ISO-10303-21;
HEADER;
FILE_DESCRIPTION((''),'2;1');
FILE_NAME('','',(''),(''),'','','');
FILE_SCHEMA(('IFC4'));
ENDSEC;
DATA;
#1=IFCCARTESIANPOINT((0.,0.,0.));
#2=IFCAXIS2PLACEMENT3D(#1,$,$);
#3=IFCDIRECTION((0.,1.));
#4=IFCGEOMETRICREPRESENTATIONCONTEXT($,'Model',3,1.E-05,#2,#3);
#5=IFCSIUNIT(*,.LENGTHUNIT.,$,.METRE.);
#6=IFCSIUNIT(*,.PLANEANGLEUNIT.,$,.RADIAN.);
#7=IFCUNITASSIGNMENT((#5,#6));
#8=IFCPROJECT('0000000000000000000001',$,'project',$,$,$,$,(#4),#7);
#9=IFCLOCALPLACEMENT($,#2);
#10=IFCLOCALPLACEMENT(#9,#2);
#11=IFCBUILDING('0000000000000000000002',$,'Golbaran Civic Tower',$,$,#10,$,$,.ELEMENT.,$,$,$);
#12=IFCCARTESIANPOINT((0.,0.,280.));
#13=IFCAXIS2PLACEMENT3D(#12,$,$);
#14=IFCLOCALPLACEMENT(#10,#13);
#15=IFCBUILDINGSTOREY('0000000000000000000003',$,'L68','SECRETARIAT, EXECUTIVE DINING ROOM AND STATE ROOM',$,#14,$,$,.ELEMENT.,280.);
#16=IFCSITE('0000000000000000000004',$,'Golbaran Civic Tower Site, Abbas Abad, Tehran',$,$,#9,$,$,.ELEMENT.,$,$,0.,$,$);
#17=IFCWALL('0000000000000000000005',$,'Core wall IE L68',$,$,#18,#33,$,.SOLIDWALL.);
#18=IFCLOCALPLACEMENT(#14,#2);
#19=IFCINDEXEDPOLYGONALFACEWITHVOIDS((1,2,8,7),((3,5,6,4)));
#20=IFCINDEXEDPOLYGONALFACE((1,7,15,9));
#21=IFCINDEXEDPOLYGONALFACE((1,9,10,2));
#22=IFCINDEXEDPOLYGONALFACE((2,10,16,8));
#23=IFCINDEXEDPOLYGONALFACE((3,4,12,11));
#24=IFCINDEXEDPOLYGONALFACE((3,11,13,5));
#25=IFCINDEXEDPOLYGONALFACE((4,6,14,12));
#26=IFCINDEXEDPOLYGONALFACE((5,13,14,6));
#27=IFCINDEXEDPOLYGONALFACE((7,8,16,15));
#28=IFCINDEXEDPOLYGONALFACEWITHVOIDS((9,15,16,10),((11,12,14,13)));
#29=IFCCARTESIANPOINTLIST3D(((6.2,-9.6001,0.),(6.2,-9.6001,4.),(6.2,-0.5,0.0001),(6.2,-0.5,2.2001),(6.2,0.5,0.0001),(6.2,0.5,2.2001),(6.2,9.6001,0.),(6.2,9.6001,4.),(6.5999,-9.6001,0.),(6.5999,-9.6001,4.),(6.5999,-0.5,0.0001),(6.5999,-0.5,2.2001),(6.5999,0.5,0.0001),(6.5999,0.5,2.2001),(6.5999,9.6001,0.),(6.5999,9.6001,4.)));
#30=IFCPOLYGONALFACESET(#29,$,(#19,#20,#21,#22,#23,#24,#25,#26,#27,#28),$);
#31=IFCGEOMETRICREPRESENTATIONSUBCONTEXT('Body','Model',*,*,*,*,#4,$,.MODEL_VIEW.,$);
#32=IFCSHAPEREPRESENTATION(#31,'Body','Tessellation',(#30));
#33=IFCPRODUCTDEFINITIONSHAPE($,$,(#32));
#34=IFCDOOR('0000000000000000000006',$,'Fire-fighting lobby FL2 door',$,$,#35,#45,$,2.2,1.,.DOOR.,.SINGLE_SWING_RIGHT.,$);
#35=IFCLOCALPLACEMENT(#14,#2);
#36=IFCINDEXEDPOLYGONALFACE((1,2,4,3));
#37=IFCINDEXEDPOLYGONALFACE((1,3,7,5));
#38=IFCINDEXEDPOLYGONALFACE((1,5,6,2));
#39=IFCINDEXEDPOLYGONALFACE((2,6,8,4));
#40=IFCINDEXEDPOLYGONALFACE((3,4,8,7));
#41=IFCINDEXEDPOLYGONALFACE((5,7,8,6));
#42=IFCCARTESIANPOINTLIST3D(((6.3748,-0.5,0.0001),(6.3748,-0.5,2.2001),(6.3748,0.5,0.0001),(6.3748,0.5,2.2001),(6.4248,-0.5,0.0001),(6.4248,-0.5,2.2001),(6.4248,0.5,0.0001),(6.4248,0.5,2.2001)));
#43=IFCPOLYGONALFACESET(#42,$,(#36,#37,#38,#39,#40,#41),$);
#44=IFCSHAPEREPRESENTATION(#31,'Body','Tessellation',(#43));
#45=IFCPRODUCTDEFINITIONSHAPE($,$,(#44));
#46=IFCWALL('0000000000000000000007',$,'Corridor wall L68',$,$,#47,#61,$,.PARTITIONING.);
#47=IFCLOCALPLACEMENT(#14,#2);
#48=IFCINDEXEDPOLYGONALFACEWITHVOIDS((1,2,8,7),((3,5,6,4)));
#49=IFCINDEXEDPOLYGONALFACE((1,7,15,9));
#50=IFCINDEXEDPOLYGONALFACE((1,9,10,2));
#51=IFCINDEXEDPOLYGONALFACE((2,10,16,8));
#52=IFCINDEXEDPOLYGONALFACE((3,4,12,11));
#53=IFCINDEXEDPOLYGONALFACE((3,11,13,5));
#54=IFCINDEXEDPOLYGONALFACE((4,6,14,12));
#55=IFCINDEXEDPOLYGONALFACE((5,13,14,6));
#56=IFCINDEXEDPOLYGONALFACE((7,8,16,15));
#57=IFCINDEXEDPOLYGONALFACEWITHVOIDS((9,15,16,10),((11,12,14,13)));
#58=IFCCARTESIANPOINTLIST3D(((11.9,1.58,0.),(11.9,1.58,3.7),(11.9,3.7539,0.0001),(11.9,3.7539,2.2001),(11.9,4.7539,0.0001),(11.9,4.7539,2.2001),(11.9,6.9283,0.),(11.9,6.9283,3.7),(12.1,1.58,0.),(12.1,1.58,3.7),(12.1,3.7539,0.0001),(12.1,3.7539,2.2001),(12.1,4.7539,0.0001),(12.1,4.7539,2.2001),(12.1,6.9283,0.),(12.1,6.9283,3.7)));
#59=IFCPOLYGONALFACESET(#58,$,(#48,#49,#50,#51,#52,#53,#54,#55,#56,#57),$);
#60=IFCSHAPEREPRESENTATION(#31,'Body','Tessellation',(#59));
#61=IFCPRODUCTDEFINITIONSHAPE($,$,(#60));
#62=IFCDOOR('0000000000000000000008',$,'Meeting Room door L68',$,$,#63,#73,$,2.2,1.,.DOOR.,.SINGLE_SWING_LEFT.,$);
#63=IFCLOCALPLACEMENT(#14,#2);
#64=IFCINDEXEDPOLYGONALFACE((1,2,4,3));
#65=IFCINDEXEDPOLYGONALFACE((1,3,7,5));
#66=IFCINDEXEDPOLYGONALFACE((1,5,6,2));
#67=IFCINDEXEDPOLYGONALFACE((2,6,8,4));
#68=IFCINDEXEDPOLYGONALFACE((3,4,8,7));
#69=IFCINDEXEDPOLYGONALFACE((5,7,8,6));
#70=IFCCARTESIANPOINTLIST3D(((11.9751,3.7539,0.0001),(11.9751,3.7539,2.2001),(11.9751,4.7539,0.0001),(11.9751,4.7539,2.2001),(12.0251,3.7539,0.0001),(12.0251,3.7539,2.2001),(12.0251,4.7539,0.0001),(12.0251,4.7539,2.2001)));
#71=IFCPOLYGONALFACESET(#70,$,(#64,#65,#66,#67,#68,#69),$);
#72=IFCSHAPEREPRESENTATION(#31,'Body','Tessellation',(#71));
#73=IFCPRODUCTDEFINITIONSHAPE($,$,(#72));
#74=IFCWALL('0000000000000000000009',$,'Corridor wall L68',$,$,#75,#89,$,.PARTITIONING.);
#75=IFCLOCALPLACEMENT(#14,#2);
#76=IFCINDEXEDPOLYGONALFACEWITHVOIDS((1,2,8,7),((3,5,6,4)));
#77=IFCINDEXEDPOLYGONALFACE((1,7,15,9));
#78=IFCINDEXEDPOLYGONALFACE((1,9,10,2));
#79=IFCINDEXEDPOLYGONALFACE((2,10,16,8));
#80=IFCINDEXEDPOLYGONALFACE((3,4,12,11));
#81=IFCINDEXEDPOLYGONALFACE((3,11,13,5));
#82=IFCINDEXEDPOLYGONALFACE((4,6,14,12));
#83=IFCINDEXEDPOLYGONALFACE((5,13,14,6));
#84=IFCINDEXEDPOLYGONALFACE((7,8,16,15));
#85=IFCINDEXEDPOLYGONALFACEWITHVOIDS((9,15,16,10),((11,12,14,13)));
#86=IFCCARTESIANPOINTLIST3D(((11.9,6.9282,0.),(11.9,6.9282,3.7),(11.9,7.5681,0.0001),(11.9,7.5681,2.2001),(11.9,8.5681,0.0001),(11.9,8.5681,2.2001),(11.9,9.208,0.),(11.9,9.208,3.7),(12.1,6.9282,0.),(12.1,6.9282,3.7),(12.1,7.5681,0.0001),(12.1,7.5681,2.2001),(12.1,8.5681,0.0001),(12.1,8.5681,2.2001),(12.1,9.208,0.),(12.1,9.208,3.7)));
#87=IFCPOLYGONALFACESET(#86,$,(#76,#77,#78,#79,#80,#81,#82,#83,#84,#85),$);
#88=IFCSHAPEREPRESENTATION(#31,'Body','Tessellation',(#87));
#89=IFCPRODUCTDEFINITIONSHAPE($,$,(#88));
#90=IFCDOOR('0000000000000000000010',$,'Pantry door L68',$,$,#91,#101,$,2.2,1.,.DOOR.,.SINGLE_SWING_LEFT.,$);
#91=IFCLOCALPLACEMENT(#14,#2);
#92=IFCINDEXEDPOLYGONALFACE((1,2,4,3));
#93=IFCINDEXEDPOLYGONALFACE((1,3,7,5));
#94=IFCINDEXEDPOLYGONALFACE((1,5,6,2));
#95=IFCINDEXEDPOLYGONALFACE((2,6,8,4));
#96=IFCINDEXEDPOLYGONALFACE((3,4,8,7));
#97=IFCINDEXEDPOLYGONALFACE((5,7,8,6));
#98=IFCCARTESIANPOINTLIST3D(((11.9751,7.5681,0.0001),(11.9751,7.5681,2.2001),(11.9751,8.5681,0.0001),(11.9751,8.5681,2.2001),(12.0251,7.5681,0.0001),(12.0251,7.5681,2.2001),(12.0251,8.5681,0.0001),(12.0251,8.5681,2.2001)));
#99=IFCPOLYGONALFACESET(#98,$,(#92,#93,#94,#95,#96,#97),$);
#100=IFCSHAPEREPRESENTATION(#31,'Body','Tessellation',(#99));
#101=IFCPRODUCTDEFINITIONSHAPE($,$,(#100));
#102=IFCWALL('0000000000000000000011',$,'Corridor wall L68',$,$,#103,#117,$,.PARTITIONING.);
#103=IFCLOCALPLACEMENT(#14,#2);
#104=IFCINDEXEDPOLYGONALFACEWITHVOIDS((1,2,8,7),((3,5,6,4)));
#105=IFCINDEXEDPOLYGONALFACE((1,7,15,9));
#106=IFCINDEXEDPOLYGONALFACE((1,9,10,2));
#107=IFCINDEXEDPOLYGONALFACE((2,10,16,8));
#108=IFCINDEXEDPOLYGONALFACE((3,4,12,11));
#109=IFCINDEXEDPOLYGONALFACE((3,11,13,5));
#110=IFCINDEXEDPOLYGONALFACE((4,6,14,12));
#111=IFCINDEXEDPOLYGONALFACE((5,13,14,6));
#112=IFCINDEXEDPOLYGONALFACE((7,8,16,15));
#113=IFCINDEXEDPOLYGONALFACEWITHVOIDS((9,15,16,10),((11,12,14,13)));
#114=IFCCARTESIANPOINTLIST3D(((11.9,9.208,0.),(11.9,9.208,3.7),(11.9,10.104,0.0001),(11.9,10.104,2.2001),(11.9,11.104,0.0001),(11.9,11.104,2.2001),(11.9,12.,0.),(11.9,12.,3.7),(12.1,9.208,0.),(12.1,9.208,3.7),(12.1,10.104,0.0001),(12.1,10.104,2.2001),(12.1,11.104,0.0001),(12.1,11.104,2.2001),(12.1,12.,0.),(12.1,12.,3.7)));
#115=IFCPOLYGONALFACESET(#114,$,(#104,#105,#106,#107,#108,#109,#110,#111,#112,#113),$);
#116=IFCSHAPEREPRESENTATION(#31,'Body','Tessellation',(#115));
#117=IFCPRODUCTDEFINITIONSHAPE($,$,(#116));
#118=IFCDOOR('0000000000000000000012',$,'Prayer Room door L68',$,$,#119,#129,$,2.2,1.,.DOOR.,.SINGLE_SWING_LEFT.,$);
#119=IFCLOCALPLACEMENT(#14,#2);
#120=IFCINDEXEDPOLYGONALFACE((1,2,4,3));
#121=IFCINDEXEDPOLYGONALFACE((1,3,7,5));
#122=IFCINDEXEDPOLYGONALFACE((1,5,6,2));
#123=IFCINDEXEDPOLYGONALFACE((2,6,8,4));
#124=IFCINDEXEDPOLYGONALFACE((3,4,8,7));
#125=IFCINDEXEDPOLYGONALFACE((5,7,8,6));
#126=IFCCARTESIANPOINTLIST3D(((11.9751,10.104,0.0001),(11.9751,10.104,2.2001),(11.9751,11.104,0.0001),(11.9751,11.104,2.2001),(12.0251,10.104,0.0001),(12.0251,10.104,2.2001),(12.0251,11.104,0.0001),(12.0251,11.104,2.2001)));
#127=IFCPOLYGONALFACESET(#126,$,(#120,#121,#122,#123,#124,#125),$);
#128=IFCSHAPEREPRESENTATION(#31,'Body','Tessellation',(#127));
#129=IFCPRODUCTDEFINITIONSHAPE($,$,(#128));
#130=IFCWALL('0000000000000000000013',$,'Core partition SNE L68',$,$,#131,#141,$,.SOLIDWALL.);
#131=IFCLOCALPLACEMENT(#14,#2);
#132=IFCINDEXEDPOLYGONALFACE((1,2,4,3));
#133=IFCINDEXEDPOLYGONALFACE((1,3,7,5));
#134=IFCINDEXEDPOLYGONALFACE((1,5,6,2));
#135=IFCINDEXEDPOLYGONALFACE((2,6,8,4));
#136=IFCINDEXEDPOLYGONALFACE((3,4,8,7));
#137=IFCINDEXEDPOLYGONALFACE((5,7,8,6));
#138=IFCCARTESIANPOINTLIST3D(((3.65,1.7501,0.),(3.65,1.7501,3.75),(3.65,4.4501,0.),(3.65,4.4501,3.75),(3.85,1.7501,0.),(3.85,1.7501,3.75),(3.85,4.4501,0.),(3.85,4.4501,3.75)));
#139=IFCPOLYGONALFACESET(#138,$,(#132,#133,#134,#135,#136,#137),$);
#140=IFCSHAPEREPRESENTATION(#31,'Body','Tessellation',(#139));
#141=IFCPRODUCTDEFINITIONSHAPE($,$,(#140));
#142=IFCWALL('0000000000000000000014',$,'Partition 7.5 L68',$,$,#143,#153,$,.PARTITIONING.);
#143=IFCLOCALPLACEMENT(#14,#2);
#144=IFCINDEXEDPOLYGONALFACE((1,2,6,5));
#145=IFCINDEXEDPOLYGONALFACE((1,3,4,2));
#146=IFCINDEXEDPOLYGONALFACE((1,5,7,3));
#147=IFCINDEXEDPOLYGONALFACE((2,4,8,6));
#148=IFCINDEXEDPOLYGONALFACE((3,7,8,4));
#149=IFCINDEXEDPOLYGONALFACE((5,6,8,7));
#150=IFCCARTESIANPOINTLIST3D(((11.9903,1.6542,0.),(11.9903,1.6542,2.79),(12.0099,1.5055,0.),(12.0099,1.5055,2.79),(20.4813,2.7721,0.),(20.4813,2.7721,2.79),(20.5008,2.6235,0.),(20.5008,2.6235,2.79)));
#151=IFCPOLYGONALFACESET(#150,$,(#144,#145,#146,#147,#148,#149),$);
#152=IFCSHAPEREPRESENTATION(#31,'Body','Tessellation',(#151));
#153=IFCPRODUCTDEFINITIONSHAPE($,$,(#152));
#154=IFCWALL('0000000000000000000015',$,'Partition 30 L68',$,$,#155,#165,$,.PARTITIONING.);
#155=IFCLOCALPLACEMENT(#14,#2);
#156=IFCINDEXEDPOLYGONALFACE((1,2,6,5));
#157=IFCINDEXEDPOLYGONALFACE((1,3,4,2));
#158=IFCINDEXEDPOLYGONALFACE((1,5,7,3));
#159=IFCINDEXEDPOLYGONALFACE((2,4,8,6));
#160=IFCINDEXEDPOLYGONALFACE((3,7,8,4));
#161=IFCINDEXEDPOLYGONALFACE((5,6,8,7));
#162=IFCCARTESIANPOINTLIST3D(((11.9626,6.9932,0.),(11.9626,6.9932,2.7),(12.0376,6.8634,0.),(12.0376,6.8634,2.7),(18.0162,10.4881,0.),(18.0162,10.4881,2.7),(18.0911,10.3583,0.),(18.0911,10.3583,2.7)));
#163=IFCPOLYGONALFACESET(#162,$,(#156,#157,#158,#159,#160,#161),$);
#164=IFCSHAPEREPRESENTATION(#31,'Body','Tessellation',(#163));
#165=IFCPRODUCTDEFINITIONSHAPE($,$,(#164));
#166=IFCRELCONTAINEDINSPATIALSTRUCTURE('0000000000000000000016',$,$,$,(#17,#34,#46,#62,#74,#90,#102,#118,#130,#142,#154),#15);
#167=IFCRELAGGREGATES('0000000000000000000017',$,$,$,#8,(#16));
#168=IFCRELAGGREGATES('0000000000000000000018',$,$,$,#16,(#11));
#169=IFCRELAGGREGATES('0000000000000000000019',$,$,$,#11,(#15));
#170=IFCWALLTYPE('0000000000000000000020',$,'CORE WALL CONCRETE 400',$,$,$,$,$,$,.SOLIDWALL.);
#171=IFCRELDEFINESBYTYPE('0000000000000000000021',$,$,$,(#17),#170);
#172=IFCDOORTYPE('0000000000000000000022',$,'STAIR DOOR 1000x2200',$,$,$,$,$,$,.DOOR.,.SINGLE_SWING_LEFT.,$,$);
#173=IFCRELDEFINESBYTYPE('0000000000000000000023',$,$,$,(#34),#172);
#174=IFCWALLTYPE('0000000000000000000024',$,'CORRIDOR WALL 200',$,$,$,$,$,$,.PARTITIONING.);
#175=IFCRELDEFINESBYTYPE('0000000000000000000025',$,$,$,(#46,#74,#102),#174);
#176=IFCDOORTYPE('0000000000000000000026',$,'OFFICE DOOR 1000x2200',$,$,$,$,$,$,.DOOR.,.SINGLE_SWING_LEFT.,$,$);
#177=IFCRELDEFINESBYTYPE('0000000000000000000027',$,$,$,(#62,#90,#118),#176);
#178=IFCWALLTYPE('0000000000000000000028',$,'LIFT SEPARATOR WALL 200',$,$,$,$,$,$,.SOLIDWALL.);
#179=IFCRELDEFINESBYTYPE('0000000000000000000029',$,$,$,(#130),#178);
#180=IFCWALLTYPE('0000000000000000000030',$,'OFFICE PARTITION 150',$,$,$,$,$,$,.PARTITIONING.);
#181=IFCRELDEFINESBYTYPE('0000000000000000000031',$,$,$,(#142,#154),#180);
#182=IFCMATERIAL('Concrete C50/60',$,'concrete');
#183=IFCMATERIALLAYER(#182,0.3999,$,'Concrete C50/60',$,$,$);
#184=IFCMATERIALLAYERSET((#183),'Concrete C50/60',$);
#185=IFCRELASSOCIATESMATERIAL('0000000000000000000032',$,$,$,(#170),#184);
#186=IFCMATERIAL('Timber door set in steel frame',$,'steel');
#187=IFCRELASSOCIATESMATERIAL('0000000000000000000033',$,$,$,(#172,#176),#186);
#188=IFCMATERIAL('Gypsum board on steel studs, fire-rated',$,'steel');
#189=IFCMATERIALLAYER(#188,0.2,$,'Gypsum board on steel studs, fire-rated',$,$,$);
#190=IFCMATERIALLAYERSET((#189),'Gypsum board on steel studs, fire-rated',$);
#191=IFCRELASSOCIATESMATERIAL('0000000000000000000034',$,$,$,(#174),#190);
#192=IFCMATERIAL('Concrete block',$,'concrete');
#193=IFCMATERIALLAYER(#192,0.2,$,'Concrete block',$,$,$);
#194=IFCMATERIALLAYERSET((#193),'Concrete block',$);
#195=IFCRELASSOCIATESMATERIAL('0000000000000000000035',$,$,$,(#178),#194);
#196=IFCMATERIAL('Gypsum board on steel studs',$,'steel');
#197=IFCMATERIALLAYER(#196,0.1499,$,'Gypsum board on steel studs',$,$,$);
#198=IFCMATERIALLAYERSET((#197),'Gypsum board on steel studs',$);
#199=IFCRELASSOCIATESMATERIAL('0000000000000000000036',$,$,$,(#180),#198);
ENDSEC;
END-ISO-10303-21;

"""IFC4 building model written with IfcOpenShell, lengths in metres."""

from ifc_helpers import new_model, si_unit, direction, frame, frame_2d, origin, place, context, subcontext, project, spatial, rectangle, extrude, material, layer, layer_set, type_object, element, fill, save


model = new_model("IFC4")

# Units and contexts
model_context = context("Model", 3, precision=1e-05, world=origin(), true_north=direction((0.0, 1.0)))
body_context = subcontext(model_context, "Body", "Model", "MODEL_VIEW")
ifc_project = project(units=[si_unit("LENGTHUNIT", "METRE"), si_unit("PLANEANGLEUNIT", "RADIAN")], contexts=[model_context])

# Site, building, storey
site_placement = place(None, origin())
site = spatial("IfcSite", under=ifc_project, at=site_placement, Name="Golbaran Civic Tower Site, Abbas Abad, Tehran", CompositionType="ELEMENT", RefElevation=0.0)
building_placement = place(site_placement, origin())
building = spatial("IfcBuilding", under=site, at=building_placement, Name="Golbaran Civic Tower", CompositionType="ELEMENT")
storey_placement = place(building_placement, frame((0.0, 0.0, 280.0)))
storey = spatial("IfcBuildingStorey", under=building, at=storey_placement, Name="L68", Description="SECRETARIAT, EXECUTIVE DINING ROOM AND STATE ROOM", CompositionType="ELEMENT", Elevation=280.0)

# Shared definitions
ifc_material_1 = material(Name="Concrete block", Category="concrete")
ifc_material_2 = material(Name="Timber door set in steel frame", Category="steel")

# Walls, openings, doors
ifc_material_3 = material(Name="Concrete C50/60", Category="concrete")
ifc_layer_1 = layer(ifc_material_3, 0.3999, Name="Concrete C50/60")
ifc_layer_set_1 = layer_set([ifc_layer_1], Name="Concrete C50/60")
wall_type_1 = type_object("IfcWallType", Name="CORE WALL CONCRETE 400", PredefinedType="SOLIDWALL", material=ifc_layer_set_1)
wall_1_placement = place(storey_placement, frame((6.3999, 9.6001, 0.0), z_axis=(0.0, 0.0, 1.0), x_axis=(0.0, -1.0, 0.0)))
wall_1 = element("IfcWall", 1, at=wall_1_placement, inside=storey, type_object=wall_type_1, Name="Core wall IE L68", PredefinedType="SOLIDWALL", context=body_context, shape_type="SweptSolid", body=[
    extrude(rectangle(XDim=19.2002, YDim=0.3999, at=frame_2d((9.6001, 0.0))), origin(), (0.0, 0.0, 1.0), 4.0),
])
opening_1_placement = place(wall_1_placement, frame((9.1001, 0.0, 0.0)))
opening_1 = element("IfcOpeningElement", 2, at=opening_1_placement, cuts=wall_1, PredefinedType="OPENING", context=body_context, shape_type="SweptSolid", body=[
    extrude(rectangle(XDim=1.0, YDim=2.2, at=frame_2d((0.5, 1.1001))), frame((0.0, 0.21, 0.0), z_axis=(0.0, -1.0, 0.0), x_axis=(1.0, 0.0, 0.0)), (0.0, 0.0, 1.0), 0.4199),
])
door_type_1 = type_object("IfcDoorType", Name="STAIR DOOR 1000x2200", OperationType="SINGLE_SWING_LEFT", PredefinedType="DOOR", material=ifc_material_2)
door_1_placement = place(opening_1_placement, origin())
door_1 = element("IfcDoor", 3, at=door_1_placement, inside=storey, type_object=door_type_1, Name="Fire-fighting lobby FL2 door", OperationType="SINGLE_SWING_RIGHT", OverallHeight=2.2, OverallWidth=1.0, PredefinedType="DOOR", context=body_context, shape_type="SweptSolid", body=[
    extrude(rectangle(XDim=1.0, YDim=2.2, at=frame_2d((0.5, 1.1001))), frame((0.0, 0.0249, 0.0), z_axis=(0.0, -1.0, 0.0), x_axis=(1.0, 0.0, 0.0)), (0.0, 0.0, 1.0), 0.05),
])
fill(opening_1, door_1)
ifc_material_4 = material(Name="Gypsum board on steel studs, fire-rated", Category="steel")
ifc_layer_2 = layer(ifc_material_4, 0.2, Name="Gypsum board on steel studs, fire-rated")
ifc_layer_set_2 = layer_set([ifc_layer_2], Name="Gypsum board on steel studs, fire-rated")
wall_type_2 = type_object("IfcWallType", Name="CORRIDOR WALL 200", PredefinedType="PARTITIONING", material=ifc_layer_set_2)
wall_2_placement = place(storey_placement, frame((12.0, 1.5798, 0.0), z_axis=(0.0, 0.0, 1.0), x_axis=(0.0, 1.0, 0.0)))
wall_2 = element("IfcWall", 4, at=wall_2_placement, inside=storey, type_object=wall_type_2, Name="Corridor wall L68", PredefinedType="PARTITIONING", context=body_context, shape_type="SweptSolid", body=[
    extrude(rectangle(XDim=5.3484, YDim=0.2, at=frame_2d((2.6743, 0.0))), origin(), (0.0, 0.0, 1.0), 3.7),
])
opening_2_placement = place(wall_2_placement, frame((2.1741, 0.0, 0.0)))
opening_2 = element("IfcOpeningElement", 5, at=opening_2_placement, cuts=wall_2, PredefinedType="OPENING", context=body_context, shape_type="SweptSolid", body=[
    extrude(rectangle(XDim=1.0, YDim=2.2, at=frame_2d((0.5, 1.1001))), frame((0.0, 0.1099, 0.0), z_axis=(0.0, -1.0, 0.0), x_axis=(1.0, 0.0, 0.0)), (0.0, 0.0, 1.0), 0.22),
])
door_type_2 = type_object("IfcDoorType", Name="OFFICE DOOR 1000x2200", OperationType="SINGLE_SWING_LEFT", PredefinedType="DOOR", material=ifc_material_2)
door_2_placement = place(opening_2_placement, origin())
door_2 = element("IfcDoor", 6, at=door_2_placement, inside=storey, type_object=door_type_2, Name="Meeting Room door L68", OperationType="SINGLE_SWING_LEFT", OverallHeight=2.2, OverallWidth=1.0, PredefinedType="DOOR", context=body_context, shape_type="SweptSolid", body=[
    extrude(rectangle(XDim=1.0, YDim=2.2, at=frame_2d((0.5, 1.1001))), frame((0.0, 0.0249, 0.0), z_axis=(0.0, -1.0, 0.0), x_axis=(1.0, 0.0, 0.0)), (0.0, 0.0, 1.0), 0.05),
])
fill(opening_2, door_2)
wall_3_placement = place(storey_placement, frame((12.0, 6.9282, 0.0), z_axis=(0.0, 0.0, 1.0), x_axis=(0.0, 1.0, 0.0)))
wall_3 = element("IfcWall", 7, at=wall_3_placement, inside=storey, type_object=wall_type_2, Name="Corridor wall L68", PredefinedType="PARTITIONING", context=body_context, shape_type="SweptSolid", body=[
    extrude(rectangle(XDim=2.2798, YDim=0.2, at=frame_2d((1.1399, 0.0))), origin(), (0.0, 0.0, 1.0), 3.7),
])
opening_3_placement = place(wall_3_placement, frame((0.6399, 0.0, 0.0)))
opening_3 = element("IfcOpeningElement", 8, at=opening_3_placement, cuts=wall_3, PredefinedType="OPENING", context=body_context, shape_type="SweptSolid", body=[
    extrude(rectangle(XDim=1.0, YDim=2.2, at=frame_2d((0.5, 1.1001))), frame((0.0, 0.1099, 0.0), z_axis=(0.0, -1.0, 0.0), x_axis=(1.0, 0.0, 0.0)), (0.0, 0.0, 1.0), 0.22),
])
door_3_placement = place(opening_3_placement, origin())
door_3 = element("IfcDoor", 9, at=door_3_placement, inside=storey, type_object=door_type_2, Name="Pantry door L68", OperationType="SINGLE_SWING_LEFT", OverallHeight=2.2, OverallWidth=1.0, PredefinedType="DOOR", context=body_context, shape_type="SweptSolid", body=[
    extrude(rectangle(XDim=1.0, YDim=2.2, at=frame_2d((0.5, 1.1001))), frame((0.0, 0.0249, 0.0), z_axis=(0.0, -1.0, 0.0), x_axis=(1.0, 0.0, 0.0)), (0.0, 0.0, 1.0), 0.05),
])
fill(opening_3, door_3)
wall_4_placement = place(storey_placement, frame((12.0, 9.208, 0.0), z_axis=(0.0, 0.0, 1.0), x_axis=(0.0, 1.0, 0.0)))
wall_4 = element("IfcWall", 10, at=wall_4_placement, inside=storey, type_object=wall_type_2, Name="Corridor wall L68", PredefinedType="PARTITIONING", context=body_context, shape_type="SweptSolid", body=[
    extrude(rectangle(XDim=2.792, YDim=0.2, at=frame_2d((1.396, 0.0))), origin(), (0.0, 0.0, 1.0), 3.7),
])
opening_4_placement = place(wall_4_placement, frame((0.896, 0.0, 0.0)))
opening_4 = element("IfcOpeningElement", 11, at=opening_4_placement, cuts=wall_4, PredefinedType="OPENING", context=body_context, shape_type="SweptSolid", body=[
    extrude(rectangle(XDim=1.0, YDim=2.2, at=frame_2d((0.5, 1.1001))), frame((0.0, 0.1099, 0.0), z_axis=(0.0, -1.0, 0.0), x_axis=(1.0, 0.0, 0.0)), (0.0, 0.0, 1.0), 0.22),
])
door_4_placement = place(opening_4_placement, origin())
door_4 = element("IfcDoor", 12, at=door_4_placement, inside=storey, type_object=door_type_2, Name="Prayer Room door L68", OperationType="SINGLE_SWING_LEFT", OverallHeight=2.2, OverallWidth=1.0, PredefinedType="DOOR", context=body_context, shape_type="SweptSolid", body=[
    extrude(rectangle(XDim=1.0, YDim=2.2, at=frame_2d((0.5, 1.1001))), frame((0.0, 0.0249, 0.0), z_axis=(0.0, -1.0, 0.0), x_axis=(1.0, 0.0, 0.0)), (0.0, 0.0, 1.0), 0.05),
])
fill(opening_4, door_4)

# Walls
ifc_layer_3 = layer(ifc_material_1, 0.2, Name="Concrete block")
ifc_layer_set_3 = layer_set([ifc_layer_3], Name="Concrete block")
wall_type_3 = type_object("IfcWallType", Name="LIFT SEPARATOR WALL 200", PredefinedType="SOLIDWALL", material=ifc_layer_set_3)
wall_5_placement = place(storey_placement, frame((3.75, 1.75, 0.0), z_axis=(0.0, 0.0, 1.0), x_axis=(0.0, 1.0, 0.0)))
element("IfcWall", 13, at=wall_5_placement, inside=storey, type_object=wall_type_3, Name="Core partition SNE L68", PredefinedType="SOLIDWALL", context=body_context, shape_type="SweptSolid", body=[
    extrude(rectangle(XDim=2.7, YDim=0.2, at=frame_2d((1.3501, 0.0))), origin(), (0.0, 0.0, 1.0), 3.75),
])
ifc_material_5 = material(Name="Gypsum board on steel studs", Category="steel")
ifc_layer_4 = layer(ifc_material_5, 0.1499, Name="Gypsum board on steel studs")
ifc_layer_set_4 = layer_set([ifc_layer_4], Name="Gypsum board on steel studs")
wall_type_4 = type_object("IfcWallType", Name="OFFICE PARTITION 150", PredefinedType="PARTITIONING", material=ifc_layer_set_4)
wall_6_placement = place(storey_placement, frame((12.0, 1.5798, 0.0), z_axis=(0.0, 0.0, 1.0), x_axis=(0.991444, 0.130533, 0.0)))
element("IfcWall", 14, at=wall_6_placement, inside=storey, type_object=wall_type_4, Name="Partition 7.5 L68", PredefinedType="PARTITIONING", context=body_context, shape_type="SweptSolid", body=[
    extrude(rectangle(XDim=8.5642, YDim=0.1499, at=frame_2d((4.2822, 0.0))), origin(), (0.0, 0.0, 1.0), 2.79),
])
wall_7_placement = place(storey_placement, frame((12.0, 6.9282, 0.0), z_axis=(0.0, 0.0, 1.0), x_axis=(0.866031, 0.49999, 0.0)))
element("IfcWall", 15, at=wall_7_placement, inside=storey, type_object=wall_type_4, Name="Partition 30 L68", PredefinedType="PARTITIONING", context=body_context, shape_type="SweptSolid", body=[
    extrude(rectangle(XDim=6.99, YDim=0.1499, at=frame_2d((3.4951, 0.0))), origin(), (0.0, 0.0, 1.0), 2.7),
])

save(model, "model.ifc")
